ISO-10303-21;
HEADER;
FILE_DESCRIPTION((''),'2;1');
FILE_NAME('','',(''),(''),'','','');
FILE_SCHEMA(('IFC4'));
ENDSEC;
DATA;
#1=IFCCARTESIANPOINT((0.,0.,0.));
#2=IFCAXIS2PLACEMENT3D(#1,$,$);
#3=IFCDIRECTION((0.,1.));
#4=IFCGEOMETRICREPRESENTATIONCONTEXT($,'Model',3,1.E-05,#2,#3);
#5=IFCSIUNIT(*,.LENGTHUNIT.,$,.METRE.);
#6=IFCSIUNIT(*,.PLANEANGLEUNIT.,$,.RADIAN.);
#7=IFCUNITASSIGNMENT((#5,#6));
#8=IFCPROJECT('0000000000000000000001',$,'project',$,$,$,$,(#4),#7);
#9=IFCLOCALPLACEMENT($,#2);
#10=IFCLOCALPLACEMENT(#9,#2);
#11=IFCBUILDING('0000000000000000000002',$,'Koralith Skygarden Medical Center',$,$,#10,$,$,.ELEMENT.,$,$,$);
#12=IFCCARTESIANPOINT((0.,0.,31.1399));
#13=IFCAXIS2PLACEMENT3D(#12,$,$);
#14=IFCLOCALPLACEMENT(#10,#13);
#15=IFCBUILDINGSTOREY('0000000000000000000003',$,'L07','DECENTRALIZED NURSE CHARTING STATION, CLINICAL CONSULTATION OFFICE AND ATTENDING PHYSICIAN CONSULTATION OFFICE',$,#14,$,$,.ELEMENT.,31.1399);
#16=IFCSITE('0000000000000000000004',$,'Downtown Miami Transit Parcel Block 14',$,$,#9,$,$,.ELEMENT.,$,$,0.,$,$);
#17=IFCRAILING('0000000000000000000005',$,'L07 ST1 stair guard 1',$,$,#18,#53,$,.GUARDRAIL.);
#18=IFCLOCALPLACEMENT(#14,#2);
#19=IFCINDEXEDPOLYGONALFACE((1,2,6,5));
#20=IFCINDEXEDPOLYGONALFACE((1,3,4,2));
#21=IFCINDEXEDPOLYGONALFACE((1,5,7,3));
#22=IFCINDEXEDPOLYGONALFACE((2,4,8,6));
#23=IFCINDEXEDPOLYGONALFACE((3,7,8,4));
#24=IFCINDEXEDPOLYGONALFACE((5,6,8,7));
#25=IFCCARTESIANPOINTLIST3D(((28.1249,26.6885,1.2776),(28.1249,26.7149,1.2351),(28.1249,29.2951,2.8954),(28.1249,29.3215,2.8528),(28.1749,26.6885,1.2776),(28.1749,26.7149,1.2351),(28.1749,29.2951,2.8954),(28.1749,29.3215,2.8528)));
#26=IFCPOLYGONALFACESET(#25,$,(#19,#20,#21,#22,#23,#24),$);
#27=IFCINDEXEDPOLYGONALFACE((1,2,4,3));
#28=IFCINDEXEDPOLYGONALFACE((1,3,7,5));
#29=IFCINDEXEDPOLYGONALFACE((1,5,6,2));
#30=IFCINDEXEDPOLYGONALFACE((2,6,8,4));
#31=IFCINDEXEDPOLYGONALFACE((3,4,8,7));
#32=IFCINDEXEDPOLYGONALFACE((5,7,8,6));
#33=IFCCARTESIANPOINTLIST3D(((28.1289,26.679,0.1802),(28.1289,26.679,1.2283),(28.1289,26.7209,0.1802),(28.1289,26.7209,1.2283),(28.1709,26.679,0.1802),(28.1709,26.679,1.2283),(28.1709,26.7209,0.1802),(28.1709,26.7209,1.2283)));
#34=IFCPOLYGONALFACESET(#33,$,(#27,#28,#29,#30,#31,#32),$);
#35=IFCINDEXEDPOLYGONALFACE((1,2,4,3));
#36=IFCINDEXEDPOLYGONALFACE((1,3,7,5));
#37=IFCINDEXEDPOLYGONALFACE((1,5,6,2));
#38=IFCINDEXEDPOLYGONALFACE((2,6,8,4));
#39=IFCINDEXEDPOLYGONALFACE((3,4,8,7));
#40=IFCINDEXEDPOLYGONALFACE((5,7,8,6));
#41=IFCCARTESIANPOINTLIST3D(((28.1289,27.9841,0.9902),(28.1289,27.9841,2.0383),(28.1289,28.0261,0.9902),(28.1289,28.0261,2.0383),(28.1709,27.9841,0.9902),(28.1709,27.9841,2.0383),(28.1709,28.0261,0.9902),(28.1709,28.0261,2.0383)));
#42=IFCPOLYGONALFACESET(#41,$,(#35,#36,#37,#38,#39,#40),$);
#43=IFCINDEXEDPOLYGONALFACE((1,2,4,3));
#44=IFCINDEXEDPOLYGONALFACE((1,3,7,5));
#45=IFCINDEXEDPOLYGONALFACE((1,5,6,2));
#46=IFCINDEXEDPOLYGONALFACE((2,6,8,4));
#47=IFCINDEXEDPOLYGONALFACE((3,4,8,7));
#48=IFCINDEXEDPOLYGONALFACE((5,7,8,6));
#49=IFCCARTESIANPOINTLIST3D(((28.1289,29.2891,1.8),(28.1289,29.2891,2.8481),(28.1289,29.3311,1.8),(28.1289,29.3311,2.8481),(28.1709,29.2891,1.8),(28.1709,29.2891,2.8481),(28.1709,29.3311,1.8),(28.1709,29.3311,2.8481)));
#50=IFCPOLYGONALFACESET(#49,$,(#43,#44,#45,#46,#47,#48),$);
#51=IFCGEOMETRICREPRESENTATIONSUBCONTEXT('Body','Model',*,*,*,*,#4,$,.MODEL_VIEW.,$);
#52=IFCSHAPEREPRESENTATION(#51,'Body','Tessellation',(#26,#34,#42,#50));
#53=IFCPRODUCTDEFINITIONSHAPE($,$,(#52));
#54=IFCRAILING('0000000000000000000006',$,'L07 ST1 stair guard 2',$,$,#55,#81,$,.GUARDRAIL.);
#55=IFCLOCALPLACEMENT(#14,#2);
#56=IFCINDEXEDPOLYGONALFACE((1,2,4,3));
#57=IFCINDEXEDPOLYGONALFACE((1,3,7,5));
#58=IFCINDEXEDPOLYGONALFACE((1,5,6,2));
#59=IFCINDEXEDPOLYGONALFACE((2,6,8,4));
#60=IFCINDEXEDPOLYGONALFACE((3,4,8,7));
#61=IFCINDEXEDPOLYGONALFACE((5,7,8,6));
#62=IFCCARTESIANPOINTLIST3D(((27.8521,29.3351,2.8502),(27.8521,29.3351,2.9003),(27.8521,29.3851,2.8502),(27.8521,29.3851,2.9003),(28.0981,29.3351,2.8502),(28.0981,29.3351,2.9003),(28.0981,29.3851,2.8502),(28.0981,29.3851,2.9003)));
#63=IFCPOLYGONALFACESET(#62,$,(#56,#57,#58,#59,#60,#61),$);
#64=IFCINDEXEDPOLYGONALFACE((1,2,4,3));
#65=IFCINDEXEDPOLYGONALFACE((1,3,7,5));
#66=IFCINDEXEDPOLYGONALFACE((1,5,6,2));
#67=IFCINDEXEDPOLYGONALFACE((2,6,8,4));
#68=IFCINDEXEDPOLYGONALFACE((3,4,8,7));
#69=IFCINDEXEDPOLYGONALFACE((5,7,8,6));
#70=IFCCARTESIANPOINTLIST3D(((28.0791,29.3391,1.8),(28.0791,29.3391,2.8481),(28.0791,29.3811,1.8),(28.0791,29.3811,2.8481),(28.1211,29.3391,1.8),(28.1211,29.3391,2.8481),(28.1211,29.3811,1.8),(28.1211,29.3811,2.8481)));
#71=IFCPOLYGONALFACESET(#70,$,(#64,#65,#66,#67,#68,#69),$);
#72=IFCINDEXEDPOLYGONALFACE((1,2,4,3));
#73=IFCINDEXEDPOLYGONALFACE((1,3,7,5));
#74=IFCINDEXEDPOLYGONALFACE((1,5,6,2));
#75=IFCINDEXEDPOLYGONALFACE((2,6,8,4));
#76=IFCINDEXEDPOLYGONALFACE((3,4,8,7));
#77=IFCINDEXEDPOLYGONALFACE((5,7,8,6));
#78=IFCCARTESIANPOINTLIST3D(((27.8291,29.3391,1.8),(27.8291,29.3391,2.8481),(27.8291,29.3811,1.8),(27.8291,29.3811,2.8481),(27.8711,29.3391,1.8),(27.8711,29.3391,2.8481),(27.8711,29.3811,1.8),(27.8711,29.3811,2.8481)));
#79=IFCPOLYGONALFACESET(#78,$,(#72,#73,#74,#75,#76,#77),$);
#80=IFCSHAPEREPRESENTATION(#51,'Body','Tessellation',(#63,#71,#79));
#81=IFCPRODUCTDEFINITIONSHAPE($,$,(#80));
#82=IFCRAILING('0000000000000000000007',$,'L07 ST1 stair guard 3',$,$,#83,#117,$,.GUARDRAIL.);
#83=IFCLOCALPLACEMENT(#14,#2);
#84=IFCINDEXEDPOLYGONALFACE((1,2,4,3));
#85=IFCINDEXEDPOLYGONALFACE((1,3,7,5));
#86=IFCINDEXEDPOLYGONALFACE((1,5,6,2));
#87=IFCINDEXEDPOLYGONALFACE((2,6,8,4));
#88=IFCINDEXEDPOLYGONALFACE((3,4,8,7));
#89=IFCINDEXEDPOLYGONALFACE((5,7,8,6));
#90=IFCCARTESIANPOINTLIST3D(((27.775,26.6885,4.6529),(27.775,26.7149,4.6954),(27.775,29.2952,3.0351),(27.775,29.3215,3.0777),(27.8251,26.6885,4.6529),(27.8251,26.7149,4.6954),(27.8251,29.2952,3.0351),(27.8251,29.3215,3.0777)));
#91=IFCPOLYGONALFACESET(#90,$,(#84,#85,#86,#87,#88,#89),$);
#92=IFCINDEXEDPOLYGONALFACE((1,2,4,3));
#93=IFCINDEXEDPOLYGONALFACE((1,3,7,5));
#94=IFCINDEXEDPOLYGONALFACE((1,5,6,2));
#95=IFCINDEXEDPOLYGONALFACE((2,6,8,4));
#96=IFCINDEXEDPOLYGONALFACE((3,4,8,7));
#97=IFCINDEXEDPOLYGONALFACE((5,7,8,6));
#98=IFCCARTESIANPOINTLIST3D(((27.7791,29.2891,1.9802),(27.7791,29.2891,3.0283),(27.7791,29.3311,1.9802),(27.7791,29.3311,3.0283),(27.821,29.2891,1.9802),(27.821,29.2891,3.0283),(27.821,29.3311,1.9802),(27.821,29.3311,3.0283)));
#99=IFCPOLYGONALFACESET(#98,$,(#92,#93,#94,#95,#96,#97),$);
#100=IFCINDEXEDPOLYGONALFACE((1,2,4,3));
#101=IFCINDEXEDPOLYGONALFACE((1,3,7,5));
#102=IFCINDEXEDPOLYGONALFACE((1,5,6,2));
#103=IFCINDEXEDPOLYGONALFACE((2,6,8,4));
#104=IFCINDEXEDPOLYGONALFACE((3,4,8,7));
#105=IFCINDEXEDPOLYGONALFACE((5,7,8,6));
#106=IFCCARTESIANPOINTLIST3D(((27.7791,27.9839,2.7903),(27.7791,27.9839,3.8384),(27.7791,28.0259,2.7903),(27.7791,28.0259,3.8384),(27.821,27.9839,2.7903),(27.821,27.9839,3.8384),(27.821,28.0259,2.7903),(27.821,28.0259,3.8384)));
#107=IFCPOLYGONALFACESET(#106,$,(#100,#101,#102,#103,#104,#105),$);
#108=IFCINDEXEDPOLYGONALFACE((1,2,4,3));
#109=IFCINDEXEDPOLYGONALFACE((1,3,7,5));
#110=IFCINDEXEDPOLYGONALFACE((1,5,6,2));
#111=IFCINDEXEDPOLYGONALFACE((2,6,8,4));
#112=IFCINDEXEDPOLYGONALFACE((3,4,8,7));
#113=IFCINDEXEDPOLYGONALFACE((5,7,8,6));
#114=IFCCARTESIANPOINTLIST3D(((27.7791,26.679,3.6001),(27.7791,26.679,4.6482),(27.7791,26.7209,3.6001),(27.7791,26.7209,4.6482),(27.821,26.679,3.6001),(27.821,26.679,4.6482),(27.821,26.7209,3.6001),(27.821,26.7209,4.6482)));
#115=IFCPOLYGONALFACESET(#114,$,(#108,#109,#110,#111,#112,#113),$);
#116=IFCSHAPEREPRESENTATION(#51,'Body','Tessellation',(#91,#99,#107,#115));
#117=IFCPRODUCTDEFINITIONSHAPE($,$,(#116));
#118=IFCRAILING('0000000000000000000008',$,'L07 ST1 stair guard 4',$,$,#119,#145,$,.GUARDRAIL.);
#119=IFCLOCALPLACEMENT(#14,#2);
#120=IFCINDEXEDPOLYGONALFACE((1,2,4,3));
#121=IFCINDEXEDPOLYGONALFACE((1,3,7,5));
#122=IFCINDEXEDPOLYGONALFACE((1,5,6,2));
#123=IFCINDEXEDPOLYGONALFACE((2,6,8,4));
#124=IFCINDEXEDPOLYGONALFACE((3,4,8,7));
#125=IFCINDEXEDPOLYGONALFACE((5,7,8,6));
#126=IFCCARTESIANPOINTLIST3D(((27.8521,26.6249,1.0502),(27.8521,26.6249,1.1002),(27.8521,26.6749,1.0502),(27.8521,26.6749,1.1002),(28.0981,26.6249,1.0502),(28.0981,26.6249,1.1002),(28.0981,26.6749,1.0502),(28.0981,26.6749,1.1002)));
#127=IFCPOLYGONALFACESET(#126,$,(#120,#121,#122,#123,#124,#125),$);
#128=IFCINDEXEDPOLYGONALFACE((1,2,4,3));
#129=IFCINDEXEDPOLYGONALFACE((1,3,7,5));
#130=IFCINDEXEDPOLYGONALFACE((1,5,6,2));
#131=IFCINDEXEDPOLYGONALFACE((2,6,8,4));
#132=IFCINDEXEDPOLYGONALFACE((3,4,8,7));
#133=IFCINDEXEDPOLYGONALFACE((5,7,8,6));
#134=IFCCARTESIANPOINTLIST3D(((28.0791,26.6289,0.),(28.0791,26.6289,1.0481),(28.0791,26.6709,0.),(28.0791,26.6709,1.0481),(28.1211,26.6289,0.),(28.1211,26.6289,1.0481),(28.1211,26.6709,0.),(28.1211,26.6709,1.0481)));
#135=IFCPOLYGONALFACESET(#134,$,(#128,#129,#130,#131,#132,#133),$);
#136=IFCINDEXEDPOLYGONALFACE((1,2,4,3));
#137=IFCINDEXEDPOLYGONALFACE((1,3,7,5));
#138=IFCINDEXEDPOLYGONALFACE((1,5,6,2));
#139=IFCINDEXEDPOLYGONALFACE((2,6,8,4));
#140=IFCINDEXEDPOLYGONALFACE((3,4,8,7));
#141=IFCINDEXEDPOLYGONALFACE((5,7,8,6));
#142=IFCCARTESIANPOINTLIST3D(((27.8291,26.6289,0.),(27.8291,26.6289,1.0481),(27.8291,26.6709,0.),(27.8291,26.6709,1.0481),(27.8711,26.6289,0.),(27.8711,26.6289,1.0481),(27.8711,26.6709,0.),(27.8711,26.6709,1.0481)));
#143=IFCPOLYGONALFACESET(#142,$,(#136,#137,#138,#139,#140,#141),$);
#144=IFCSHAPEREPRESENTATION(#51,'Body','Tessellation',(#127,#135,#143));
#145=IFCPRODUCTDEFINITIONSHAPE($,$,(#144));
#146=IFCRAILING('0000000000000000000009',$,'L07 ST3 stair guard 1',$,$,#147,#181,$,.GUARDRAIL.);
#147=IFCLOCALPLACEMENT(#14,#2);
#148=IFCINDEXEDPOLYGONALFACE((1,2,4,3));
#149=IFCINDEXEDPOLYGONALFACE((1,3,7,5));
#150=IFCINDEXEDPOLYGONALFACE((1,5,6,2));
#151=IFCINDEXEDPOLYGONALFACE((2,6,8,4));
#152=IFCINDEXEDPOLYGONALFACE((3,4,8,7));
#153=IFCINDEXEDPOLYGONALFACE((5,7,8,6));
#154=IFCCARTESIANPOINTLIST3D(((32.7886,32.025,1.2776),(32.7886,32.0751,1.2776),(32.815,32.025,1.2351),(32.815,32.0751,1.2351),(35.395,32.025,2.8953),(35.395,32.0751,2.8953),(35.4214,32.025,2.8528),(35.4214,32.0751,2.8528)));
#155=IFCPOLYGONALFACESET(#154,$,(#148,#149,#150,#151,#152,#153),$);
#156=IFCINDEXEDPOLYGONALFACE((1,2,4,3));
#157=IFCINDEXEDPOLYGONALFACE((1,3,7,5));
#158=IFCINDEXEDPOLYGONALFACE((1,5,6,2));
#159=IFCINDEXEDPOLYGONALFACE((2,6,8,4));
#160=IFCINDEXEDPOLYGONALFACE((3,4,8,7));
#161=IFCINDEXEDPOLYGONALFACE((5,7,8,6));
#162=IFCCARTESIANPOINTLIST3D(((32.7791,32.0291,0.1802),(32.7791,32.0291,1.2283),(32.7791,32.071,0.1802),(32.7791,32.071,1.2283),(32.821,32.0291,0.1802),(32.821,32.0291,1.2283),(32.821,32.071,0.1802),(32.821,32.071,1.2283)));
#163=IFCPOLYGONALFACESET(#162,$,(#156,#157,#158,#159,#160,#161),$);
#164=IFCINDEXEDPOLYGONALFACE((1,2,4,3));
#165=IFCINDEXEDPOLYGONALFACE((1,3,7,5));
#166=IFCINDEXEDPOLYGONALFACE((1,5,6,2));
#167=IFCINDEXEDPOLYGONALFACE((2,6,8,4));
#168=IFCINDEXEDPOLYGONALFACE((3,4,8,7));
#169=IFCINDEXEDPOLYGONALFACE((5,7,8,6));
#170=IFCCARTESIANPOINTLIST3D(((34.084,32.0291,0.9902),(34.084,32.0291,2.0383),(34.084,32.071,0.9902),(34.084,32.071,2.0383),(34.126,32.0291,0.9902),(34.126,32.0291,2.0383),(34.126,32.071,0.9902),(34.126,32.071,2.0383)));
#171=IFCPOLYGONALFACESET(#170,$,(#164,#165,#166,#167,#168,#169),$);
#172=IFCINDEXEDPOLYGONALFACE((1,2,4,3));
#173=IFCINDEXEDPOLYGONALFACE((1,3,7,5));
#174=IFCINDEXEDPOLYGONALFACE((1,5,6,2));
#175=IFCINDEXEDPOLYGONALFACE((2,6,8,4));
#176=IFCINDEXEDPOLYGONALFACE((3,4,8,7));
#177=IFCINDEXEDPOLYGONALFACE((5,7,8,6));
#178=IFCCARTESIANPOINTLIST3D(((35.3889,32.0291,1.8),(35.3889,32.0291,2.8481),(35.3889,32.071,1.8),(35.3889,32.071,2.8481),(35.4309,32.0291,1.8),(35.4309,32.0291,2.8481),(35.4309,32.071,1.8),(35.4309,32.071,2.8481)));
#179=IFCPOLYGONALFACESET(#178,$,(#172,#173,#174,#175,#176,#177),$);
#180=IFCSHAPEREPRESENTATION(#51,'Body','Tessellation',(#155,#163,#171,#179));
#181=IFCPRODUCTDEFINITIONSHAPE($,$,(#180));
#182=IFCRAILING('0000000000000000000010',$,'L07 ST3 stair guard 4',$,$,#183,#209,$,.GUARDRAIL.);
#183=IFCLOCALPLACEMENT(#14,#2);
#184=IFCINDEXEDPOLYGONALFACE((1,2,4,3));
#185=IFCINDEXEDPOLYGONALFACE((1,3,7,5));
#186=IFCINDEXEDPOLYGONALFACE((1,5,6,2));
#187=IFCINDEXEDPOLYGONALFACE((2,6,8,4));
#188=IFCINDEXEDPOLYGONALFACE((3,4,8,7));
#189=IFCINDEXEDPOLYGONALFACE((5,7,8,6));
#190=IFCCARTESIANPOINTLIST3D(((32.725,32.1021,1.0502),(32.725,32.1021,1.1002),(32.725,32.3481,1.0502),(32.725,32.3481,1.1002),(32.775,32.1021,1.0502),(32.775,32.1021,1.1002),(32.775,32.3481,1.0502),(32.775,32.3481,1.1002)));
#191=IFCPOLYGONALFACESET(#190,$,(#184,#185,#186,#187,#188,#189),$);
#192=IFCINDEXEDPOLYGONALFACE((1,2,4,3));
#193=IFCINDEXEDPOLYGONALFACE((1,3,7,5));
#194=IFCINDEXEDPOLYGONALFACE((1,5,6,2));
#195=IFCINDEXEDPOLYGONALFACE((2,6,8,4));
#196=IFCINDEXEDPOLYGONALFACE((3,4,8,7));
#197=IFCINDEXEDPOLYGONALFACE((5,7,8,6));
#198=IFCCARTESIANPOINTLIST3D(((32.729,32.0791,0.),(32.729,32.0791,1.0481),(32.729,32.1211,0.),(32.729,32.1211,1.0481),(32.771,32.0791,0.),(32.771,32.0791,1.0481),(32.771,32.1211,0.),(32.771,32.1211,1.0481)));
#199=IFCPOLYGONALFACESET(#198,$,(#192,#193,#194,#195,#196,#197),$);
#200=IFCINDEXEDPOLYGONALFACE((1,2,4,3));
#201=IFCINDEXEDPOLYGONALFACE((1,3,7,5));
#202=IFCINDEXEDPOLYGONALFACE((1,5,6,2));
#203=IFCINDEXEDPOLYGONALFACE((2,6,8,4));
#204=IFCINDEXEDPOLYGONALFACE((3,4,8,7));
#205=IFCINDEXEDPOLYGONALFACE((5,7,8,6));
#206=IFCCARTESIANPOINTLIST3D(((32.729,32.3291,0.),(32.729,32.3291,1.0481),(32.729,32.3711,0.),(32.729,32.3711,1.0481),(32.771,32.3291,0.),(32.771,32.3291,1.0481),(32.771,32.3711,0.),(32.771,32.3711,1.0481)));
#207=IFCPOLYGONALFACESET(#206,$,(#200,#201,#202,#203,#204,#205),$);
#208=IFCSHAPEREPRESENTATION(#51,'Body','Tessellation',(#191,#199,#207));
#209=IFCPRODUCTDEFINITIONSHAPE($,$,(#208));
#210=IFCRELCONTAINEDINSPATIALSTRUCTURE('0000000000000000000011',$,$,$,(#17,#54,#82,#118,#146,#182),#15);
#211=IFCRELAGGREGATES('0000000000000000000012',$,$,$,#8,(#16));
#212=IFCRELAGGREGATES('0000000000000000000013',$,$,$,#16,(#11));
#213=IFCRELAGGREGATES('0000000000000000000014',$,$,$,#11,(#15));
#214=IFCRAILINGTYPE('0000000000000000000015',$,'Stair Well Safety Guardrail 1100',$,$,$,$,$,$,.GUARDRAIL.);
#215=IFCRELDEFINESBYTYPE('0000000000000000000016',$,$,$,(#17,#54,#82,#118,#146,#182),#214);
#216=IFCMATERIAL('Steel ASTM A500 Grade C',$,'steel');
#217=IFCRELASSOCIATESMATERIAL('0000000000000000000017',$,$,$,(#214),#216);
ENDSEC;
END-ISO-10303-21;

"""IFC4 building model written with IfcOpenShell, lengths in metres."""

from ifc_helpers import new_model, si_unit, direction, frame, origin, origin_2d, place, context, subcontext, project, spatial, rectangle, extrude, material, type_object, element, save


model = new_model("IFC4")

# Units and contexts
model_context = context("Model", 3, precision=1e-05, world=origin(), true_north=direction((0.0, 1.0)))
body_context = subcontext(model_context, "Body", "Model", "MODEL_VIEW")
ifc_project = project(units=[si_unit("LENGTHUNIT", "METRE"), si_unit("PLANEANGLEUNIT", "RADIAN")], contexts=[model_context])

# Site, building, storey
site_placement = place(None, origin())
site = spatial("IfcSite", under=ifc_project, at=site_placement, Name="Downtown Miami Transit Parcel Block 14", CompositionType="ELEMENT", RefElevation=0.0)
building_placement = place(site_placement, origin())
building = spatial("IfcBuilding", under=site, at=building_placement, Name="Koralith Skygarden Medical Center", CompositionType="ELEMENT")
storey_placement = place(building_placement, frame((0.0, 0.0, 31.1399)))
storey = spatial("IfcBuildingStorey", under=building, at=storey_placement, Name="L07", Description="DECENTRALIZED NURSE CHARTING STATION, CLINICAL CONSULTATION OFFICE AND ATTENDING PHYSICIAN CONSULTATION OFFICE", CompositionType="ELEMENT", Elevation=31.1399)

# Railings
ifc_material_1 = material(Name="Steel ASTM A500 Grade C", Category="steel")
railing_type_1 = type_object("IfcRailingType", Name="Stair Well Safety Guardrail 1100", PredefinedType="GUARDRAIL", material=ifc_material_1)
railing_1_placement = place(storey_placement, frame((28.1499, 26.7, 0.1802)))
element("IfcRailing", 1, at=railing_1_placement, inside=storey, type_object=railing_type_1, Name="L07 ST1 stair guard 1", PredefinedType="GUARDRAIL", context=body_context, shape_type="SweptSolid", body=[
    extrude(rectangle(XDim=0.05, YDim=0.05, at=origin_2d()), frame((0.0, 0.0017, 1.0762), z_axis=(0.0, 0.849668, 0.527317), x_axis=(-1.0, 0.0, 0.0)), (0.0, 0.0, 1.0), 3.0679),
    extrude(rectangle(XDim=0.042, YDim=0.042, at=origin_2d()), origin(), (0.0, 0.0, 1.0), 1.0481),
    extrude(rectangle(XDim=0.042, YDim=0.042, at=origin_2d()), frame((0.0, 1.3052, 0.8101)), (0.0, 0.0, 1.0), 1.0481),
    extrude(rectangle(XDim=0.042, YDim=0.042, at=origin_2d()), frame((0.0, 2.6101, 1.6199)), (0.0, 0.0, 1.0), 1.0481),
])
railing_2_placement = place(storey_placement, frame((28.1001, 29.3601, 1.8)))
element("IfcRailing", 2, at=railing_2_placement, inside=storey, type_object=railing_type_1, Name="L07 ST1 stair guard 2", PredefinedType="GUARDRAIL", context=body_context, shape_type="SweptSolid", body=[
    extrude(rectangle(XDim=0.05, YDim=0.05, at=origin_2d()), frame((-0.002, 0.0, 1.0752), z_axis=(-1.0, 0.0, 0.0), x_axis=(0.0, -1.0, 0.0)), (0.0, 0.0, 1.0), 0.2461),
    extrude(rectangle(XDim=0.042, YDim=0.042, at=origin_2d()), origin(), (0.0, 0.0, 1.0), 1.0481),
    extrude(rectangle(XDim=0.042, YDim=0.042, at=origin_2d()), frame((-0.25, 0.0, 0.0)), (0.0, 0.0, 1.0), 1.0481),
])
railing_3_placement = place(storey_placement, frame((27.8, 29.3101, 1.9802)))
element("IfcRailing", 3, at=railing_3_placement, inside=storey, type_object=railing_type_1, Name="L07 ST1 stair guard 3", PredefinedType="GUARDRAIL", context=body_context, shape_type="SweptSolid", body=[
    extrude(rectangle(XDim=0.05, YDim=0.05, at=origin_2d()), frame((0.0, -0.0017, 1.0762), z_axis=(0.0, -0.849668, 0.527317), x_axis=(1.0, 0.0, 0.0)), (0.0, 0.0, 1.0), 3.0679),
    extrude(rectangle(XDim=0.042, YDim=0.042, at=origin_2d()), origin(), (0.0, 0.0, 1.0), 1.0481),
    extrude(rectangle(XDim=0.042, YDim=0.042, at=origin_2d()), frame((0.0, -1.3052, 0.8101)), (0.0, 0.0, 1.0), 1.0481),
    extrude(rectangle(XDim=0.042, YDim=0.042, at=origin_2d()), frame((0.0, -2.6101, 1.6199)), (0.0, 0.0, 1.0), 1.0481),
])
railing_4_placement = place(storey_placement, frame((28.1001, 26.6499, 0.0)))
element("IfcRailing", 4, at=railing_4_placement, inside=storey, type_object=railing_type_1, Name="L07 ST1 stair guard 4", PredefinedType="GUARDRAIL", context=body_context, shape_type="SweptSolid", body=[
    extrude(rectangle(XDim=0.05, YDim=0.05, at=origin_2d()), frame((-0.002, 0.0, 1.0752), z_axis=(-1.0, 0.0, 0.0), x_axis=(0.0, -1.0, 0.0)), (0.0, 0.0, 1.0), 0.2461),
    extrude(rectangle(XDim=0.042, YDim=0.042, at=origin_2d()), origin(), (0.0, 0.0, 1.0), 1.0481),
    extrude(rectangle(XDim=0.042, YDim=0.042, at=origin_2d()), frame((-0.25, 0.0, 0.0)), (0.0, 0.0, 1.0), 1.0481),
])
railing_5_placement = place(storey_placement, frame((32.8, 32.05, 0.1802)))
element("IfcRailing", 5, at=railing_5_placement, inside=storey, type_object=railing_type_1, Name="L07 ST3 stair guard 1", PredefinedType="GUARDRAIL", context=body_context, shape_type="SweptSolid", body=[
    extrude(rectangle(XDim=0.05, YDim=0.05, at=origin_2d()), frame((0.0017, 0.0, 1.0762), z_axis=(0.849646, 0.0, 0.527353), x_axis=(0.0, 1.0, 0.0)), (0.0, 0.0, 1.0), 3.0676),
    extrude(rectangle(XDim=0.042, YDim=0.042, at=origin_2d()), origin(), (0.0, 0.0, 1.0), 1.0481),
    extrude(rectangle(XDim=0.042, YDim=0.042, at=origin_2d()), frame((1.3049, 0.0, 0.8101)), (0.0, 0.0, 1.0), 1.0481),
    extrude(rectangle(XDim=0.042, YDim=0.042, at=origin_2d()), frame((2.6099, 0.0, 1.6199)), (0.0, 0.0, 1.0), 1.0481),
])
railing_6_placement = place(storey_placement, frame((32.75, 32.1001, 0.0)))
element("IfcRailing", 6, at=railing_6_placement, inside=storey, type_object=railing_type_1, Name="L07 ST3 stair guard 4", PredefinedType="GUARDRAIL", context=body_context, shape_type="SweptSolid", body=[
    extrude(rectangle(XDim=0.05, YDim=0.05, at=origin_2d()), frame((0.0, 0.002, 1.0752), z_axis=(0.0, 1.0, 0.0), x_axis=(-1.0, 0.0, 0.0)), (0.0, 0.0, 1.0), 0.2461),
    extrude(rectangle(XDim=0.042, YDim=0.042, at=origin_2d()), origin(), (0.0, 0.0, 1.0), 1.0481),
    extrude(rectangle(XDim=0.042, YDim=0.042, at=origin_2d()), frame((0.0, 0.25, 0.0)), (0.0, 0.0, 1.0), 1.0481),
])

save(model, "model.ifc")
